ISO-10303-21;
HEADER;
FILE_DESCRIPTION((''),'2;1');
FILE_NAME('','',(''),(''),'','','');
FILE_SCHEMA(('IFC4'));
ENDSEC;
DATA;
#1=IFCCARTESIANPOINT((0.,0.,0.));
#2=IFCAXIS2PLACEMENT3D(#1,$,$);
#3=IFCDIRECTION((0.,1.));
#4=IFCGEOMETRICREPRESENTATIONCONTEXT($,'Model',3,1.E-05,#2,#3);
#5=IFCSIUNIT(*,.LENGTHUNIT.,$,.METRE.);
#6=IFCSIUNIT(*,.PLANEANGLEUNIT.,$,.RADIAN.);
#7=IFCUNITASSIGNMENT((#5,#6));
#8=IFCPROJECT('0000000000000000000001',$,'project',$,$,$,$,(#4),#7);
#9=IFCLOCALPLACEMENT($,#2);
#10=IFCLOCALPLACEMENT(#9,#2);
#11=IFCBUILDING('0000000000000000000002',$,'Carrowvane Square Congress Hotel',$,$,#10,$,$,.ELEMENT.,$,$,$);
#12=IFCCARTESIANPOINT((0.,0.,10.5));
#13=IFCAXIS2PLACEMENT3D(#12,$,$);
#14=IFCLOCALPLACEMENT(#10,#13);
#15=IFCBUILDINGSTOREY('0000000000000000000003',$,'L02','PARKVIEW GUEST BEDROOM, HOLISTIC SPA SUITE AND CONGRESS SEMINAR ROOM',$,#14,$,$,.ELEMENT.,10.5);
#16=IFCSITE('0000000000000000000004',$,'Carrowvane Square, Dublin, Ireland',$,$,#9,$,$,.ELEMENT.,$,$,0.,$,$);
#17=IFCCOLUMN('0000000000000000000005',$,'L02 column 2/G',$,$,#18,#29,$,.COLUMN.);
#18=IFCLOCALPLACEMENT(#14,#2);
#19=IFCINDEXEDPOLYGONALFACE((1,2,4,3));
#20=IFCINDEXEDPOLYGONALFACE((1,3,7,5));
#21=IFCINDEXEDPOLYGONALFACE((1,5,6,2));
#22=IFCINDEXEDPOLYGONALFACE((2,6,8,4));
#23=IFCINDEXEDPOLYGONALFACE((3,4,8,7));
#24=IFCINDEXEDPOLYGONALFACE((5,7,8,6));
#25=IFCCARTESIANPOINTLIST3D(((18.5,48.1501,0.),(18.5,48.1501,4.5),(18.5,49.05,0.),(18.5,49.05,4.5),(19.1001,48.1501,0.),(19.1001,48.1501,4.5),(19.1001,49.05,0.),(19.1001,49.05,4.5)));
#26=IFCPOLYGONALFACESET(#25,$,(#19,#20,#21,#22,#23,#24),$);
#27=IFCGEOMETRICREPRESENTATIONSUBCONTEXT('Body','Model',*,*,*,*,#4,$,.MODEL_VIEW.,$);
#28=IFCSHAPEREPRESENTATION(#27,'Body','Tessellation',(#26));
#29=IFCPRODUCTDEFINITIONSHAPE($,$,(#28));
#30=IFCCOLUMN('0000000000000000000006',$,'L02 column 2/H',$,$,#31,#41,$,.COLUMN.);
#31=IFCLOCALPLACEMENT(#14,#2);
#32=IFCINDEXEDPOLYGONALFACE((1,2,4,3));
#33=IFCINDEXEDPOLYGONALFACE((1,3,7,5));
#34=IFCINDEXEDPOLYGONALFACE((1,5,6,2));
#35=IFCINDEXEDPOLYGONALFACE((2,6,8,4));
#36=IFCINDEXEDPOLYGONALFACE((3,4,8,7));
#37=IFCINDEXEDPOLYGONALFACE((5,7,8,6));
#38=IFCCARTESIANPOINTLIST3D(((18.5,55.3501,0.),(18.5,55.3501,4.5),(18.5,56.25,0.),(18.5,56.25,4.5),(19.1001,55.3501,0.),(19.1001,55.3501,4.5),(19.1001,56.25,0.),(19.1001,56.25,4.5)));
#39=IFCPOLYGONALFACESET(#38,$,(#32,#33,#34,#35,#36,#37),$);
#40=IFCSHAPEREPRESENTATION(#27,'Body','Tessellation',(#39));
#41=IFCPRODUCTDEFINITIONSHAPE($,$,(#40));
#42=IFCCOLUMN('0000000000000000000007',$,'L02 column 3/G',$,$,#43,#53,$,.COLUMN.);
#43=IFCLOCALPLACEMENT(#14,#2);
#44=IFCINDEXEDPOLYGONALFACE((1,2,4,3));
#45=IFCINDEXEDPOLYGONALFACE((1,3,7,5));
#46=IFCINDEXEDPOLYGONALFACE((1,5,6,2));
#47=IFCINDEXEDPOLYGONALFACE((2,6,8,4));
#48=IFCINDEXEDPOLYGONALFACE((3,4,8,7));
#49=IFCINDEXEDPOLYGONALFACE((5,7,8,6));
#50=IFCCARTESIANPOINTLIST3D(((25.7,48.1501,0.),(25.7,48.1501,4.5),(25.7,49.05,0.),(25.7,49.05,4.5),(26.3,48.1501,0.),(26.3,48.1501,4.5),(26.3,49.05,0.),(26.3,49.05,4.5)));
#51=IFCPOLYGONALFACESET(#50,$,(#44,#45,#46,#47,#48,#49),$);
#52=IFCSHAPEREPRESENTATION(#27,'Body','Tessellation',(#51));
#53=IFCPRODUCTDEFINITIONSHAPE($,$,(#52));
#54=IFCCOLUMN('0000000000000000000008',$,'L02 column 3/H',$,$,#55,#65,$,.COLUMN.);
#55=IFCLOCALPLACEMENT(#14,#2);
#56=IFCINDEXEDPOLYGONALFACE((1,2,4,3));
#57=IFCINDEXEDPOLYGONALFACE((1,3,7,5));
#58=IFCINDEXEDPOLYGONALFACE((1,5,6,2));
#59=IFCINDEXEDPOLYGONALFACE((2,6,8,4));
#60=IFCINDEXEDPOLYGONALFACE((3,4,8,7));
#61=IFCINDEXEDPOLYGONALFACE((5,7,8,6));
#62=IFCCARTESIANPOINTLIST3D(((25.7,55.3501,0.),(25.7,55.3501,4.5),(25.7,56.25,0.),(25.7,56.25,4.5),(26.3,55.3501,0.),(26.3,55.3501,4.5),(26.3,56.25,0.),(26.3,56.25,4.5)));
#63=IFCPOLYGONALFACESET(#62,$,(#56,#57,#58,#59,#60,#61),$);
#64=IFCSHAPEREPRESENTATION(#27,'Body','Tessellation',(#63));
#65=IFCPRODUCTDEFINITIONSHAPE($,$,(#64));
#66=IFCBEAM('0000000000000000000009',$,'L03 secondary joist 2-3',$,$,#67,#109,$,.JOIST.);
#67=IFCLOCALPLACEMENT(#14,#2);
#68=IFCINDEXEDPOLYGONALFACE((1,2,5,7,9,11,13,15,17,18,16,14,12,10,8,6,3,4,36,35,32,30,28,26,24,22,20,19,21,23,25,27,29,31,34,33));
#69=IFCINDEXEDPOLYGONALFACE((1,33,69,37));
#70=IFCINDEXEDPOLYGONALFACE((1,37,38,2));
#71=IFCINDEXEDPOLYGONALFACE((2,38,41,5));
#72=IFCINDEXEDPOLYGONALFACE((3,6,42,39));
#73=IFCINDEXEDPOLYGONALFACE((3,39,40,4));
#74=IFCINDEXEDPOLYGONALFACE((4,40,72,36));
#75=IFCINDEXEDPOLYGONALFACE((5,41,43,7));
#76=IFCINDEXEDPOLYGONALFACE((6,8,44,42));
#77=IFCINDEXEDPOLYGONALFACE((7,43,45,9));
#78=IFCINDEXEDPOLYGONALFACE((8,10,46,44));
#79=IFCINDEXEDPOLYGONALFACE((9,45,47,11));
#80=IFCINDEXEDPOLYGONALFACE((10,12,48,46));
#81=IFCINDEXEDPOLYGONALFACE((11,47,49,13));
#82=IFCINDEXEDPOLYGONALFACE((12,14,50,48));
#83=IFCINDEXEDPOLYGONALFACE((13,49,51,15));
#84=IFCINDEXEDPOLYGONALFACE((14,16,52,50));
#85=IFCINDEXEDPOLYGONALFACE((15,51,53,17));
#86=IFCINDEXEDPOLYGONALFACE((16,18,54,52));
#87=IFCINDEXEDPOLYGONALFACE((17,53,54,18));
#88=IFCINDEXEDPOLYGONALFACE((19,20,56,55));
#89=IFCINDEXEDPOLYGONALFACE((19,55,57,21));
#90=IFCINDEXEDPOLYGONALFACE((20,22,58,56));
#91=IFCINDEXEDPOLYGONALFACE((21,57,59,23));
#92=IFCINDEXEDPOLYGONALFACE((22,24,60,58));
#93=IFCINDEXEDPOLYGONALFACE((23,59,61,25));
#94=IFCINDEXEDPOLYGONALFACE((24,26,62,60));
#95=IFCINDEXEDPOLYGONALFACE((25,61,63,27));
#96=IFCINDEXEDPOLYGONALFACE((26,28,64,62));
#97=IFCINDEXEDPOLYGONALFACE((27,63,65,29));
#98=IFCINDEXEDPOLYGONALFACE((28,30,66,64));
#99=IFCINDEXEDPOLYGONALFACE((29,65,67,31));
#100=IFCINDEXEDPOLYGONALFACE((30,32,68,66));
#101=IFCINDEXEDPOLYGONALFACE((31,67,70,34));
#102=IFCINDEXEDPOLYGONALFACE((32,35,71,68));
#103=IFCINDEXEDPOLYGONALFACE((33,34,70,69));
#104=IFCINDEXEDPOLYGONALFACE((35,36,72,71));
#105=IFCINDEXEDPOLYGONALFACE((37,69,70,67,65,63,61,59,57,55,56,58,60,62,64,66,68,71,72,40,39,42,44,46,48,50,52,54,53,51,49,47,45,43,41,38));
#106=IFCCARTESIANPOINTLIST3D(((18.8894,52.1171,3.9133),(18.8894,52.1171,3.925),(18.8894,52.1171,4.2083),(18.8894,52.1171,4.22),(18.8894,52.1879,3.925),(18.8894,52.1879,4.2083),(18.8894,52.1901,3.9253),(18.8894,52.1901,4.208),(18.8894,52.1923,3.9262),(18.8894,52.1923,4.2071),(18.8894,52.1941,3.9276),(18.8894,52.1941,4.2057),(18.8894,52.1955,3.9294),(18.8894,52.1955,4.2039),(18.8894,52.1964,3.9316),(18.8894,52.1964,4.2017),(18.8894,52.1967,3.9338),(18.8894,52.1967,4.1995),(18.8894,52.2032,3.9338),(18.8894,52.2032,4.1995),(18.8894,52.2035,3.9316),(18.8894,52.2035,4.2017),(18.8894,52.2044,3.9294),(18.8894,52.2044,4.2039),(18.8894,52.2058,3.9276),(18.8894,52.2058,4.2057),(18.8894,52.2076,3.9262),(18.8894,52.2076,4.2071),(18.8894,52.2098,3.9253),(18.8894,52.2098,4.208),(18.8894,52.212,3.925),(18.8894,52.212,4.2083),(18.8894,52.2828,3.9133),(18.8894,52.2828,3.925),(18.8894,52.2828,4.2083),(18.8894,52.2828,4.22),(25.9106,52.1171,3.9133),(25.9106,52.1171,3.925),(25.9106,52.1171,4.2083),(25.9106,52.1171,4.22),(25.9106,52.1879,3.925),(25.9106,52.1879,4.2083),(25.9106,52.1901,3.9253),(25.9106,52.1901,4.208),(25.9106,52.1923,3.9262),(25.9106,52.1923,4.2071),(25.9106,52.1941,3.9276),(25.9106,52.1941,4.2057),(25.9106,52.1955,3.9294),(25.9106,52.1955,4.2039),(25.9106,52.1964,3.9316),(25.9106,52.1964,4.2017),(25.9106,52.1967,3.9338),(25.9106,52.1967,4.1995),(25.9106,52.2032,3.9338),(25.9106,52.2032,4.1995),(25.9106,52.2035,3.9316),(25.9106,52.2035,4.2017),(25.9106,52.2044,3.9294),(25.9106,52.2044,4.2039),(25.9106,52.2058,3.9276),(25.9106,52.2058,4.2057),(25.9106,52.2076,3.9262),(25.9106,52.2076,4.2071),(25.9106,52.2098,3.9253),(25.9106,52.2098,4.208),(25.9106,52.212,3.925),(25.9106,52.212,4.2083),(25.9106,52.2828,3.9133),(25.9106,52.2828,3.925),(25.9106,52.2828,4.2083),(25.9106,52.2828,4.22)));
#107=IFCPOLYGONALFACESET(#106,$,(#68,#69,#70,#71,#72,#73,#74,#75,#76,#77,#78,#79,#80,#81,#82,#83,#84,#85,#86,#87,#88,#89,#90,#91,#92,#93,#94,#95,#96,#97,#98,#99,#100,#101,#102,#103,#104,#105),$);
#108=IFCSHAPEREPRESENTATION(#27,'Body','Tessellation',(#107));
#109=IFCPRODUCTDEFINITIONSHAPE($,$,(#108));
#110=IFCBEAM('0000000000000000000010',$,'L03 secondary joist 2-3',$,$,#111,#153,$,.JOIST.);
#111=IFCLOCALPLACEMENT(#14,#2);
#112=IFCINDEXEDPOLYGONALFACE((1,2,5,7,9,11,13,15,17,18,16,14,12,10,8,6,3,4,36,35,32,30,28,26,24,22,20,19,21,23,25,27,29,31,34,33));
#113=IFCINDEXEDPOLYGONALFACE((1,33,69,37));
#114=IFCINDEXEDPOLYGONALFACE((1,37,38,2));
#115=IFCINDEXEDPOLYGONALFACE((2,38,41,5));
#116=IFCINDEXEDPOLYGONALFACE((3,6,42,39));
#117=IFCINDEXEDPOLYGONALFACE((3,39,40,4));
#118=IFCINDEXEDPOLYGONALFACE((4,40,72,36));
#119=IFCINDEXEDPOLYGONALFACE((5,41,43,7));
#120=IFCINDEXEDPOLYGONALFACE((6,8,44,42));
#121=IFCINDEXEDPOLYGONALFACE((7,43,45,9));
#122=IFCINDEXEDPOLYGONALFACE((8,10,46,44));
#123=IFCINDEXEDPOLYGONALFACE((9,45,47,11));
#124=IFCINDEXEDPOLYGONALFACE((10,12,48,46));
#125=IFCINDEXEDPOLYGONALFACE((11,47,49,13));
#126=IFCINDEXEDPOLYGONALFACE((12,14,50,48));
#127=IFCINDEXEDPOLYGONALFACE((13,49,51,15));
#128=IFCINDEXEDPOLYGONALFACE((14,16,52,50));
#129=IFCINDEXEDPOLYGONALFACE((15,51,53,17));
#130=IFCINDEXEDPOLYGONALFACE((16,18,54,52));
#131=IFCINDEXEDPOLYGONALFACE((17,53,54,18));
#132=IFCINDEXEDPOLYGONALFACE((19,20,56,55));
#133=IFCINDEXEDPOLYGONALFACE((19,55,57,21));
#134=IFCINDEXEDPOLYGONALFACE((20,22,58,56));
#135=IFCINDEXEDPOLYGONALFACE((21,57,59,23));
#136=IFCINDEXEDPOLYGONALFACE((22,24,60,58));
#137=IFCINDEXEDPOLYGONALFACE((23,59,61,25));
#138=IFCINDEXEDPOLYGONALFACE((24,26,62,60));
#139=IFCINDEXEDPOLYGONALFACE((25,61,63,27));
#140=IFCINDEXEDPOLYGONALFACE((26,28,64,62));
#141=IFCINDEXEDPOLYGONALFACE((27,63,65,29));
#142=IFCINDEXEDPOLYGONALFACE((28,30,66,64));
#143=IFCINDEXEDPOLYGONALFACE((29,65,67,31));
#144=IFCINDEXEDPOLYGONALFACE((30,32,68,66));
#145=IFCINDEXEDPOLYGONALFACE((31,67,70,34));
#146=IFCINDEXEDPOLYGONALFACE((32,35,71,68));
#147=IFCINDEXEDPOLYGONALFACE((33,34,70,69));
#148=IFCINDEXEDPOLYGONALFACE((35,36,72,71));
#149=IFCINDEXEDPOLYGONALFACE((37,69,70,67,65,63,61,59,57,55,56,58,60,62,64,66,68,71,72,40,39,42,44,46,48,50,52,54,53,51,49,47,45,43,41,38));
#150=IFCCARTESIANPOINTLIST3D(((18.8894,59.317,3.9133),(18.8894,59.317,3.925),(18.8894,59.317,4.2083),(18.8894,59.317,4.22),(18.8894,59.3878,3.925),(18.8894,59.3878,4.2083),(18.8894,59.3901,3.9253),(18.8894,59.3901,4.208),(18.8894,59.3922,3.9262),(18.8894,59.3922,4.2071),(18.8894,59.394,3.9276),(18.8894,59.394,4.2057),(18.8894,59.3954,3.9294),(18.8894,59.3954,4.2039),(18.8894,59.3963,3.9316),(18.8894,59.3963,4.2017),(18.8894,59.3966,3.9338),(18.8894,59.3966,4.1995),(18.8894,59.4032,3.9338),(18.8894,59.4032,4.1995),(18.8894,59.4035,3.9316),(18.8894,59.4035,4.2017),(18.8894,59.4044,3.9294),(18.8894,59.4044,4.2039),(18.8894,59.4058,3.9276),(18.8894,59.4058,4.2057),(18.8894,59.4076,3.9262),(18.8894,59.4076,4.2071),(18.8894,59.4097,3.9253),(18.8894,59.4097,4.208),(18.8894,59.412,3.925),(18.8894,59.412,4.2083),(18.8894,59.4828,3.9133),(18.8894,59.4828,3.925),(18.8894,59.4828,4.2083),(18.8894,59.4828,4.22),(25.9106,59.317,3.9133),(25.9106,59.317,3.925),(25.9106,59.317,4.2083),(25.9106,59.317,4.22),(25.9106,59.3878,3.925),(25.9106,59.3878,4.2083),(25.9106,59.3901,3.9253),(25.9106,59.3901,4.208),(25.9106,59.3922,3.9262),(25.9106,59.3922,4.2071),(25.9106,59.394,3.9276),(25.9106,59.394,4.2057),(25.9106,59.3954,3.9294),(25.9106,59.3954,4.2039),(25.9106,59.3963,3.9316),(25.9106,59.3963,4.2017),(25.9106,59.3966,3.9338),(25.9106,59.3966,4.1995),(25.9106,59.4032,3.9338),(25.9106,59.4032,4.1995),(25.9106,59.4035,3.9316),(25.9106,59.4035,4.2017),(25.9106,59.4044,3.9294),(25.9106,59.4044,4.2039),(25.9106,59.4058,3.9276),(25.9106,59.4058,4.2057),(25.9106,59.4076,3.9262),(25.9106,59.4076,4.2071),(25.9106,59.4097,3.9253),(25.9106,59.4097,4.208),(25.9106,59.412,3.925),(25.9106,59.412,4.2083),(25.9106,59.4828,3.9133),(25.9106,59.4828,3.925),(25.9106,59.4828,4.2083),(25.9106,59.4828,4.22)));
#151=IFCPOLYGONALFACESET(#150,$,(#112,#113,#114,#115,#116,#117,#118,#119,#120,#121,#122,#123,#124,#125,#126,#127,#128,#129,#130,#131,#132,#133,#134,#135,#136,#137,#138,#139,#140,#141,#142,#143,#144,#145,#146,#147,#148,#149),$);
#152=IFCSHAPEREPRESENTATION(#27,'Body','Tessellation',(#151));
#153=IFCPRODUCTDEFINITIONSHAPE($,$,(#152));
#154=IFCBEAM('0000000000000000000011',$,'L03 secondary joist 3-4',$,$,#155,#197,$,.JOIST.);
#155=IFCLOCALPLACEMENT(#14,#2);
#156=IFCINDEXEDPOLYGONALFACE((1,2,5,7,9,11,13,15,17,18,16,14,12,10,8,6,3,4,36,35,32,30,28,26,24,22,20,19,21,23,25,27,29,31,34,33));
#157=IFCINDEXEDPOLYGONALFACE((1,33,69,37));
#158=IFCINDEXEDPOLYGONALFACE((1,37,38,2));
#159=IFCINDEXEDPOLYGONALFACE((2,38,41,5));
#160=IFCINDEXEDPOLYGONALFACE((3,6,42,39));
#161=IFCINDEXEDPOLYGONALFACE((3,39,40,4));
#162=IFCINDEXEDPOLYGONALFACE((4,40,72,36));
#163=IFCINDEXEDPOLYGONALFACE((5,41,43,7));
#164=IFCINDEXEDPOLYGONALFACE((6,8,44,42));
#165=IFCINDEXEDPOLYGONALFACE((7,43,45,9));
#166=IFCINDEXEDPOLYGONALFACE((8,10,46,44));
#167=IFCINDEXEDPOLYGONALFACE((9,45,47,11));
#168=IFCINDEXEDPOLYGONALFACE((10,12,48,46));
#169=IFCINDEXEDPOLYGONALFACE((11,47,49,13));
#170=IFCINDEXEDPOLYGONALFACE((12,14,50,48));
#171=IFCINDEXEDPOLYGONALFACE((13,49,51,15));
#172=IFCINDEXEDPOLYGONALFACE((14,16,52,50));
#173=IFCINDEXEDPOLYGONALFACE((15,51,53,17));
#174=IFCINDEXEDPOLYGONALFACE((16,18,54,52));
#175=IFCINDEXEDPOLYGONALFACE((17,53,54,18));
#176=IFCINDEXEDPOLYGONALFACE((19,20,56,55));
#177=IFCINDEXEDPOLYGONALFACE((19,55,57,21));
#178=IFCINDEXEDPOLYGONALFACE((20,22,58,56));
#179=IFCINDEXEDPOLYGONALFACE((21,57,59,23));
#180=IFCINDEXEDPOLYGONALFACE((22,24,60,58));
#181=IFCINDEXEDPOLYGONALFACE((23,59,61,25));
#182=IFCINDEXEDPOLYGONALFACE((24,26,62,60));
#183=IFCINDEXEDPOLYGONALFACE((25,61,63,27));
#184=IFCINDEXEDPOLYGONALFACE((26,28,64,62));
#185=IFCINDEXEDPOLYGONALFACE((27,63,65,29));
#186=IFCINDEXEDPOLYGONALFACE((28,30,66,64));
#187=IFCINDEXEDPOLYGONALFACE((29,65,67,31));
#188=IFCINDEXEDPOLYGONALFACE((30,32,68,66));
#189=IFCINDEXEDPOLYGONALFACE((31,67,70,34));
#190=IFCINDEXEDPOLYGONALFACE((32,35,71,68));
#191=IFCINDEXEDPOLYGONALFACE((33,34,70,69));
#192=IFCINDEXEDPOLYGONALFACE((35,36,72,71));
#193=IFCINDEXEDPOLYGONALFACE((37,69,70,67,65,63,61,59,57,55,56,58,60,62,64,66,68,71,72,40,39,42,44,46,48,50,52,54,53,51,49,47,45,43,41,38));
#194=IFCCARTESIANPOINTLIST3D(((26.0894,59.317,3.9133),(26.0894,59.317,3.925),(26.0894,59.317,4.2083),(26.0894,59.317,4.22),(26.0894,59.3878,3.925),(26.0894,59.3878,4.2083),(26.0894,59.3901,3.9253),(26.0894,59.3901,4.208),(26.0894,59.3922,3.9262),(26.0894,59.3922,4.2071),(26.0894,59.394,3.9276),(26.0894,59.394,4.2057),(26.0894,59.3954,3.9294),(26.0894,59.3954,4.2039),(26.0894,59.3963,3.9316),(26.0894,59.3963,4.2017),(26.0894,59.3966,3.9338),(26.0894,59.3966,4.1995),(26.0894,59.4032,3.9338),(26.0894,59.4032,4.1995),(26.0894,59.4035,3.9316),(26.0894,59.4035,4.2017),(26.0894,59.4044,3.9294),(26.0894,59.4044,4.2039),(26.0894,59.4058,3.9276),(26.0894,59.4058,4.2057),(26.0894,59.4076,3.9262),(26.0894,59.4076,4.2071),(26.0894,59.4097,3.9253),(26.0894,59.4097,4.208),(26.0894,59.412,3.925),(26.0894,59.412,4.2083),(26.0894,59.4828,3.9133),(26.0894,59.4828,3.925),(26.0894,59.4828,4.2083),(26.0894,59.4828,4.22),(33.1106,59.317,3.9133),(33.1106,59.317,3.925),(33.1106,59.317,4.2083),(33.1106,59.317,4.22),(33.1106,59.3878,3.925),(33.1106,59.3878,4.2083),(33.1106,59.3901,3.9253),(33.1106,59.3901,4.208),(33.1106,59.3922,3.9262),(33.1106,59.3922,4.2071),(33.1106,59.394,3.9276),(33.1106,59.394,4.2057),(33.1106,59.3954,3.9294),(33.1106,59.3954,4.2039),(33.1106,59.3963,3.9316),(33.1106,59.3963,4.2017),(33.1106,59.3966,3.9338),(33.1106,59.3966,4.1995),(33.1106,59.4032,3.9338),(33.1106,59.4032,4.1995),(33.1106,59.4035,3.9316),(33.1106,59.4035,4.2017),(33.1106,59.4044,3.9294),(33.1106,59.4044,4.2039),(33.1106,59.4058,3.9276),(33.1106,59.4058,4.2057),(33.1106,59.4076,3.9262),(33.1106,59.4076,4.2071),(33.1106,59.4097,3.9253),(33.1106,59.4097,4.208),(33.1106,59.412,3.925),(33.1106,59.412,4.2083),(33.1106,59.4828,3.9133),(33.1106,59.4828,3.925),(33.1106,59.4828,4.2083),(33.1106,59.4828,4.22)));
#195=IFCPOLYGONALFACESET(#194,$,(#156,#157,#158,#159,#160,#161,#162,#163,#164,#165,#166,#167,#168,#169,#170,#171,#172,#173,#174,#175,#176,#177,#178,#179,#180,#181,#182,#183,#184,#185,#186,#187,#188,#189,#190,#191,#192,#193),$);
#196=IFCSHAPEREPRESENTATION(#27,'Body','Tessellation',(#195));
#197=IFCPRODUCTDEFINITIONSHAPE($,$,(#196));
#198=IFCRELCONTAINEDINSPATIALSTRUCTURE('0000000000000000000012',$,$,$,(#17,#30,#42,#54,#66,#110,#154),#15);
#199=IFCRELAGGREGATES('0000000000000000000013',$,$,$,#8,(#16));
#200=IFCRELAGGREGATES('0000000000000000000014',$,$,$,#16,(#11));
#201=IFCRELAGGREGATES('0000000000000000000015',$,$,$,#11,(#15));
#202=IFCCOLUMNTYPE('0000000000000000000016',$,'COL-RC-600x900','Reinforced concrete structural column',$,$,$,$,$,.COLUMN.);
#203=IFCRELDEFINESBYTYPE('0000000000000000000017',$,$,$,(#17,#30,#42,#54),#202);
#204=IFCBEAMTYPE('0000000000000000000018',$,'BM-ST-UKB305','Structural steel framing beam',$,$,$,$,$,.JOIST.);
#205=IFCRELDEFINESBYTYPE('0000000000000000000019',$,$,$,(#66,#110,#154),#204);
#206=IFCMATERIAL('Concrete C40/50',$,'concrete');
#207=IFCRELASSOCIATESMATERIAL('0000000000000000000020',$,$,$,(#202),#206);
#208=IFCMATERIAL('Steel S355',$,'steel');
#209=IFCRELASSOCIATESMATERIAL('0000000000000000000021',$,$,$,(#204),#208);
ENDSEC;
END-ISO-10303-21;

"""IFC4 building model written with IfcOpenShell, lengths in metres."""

from ifc_helpers import new_model, si_unit, direction, frame, origin, origin_2d, place, context, subcontext, project, spatial, rectangle, i_section, extrude, material, material_profile, profile_set, type_object, element, save


model = new_model("IFC4")

# Units and contexts
model_context = context("Model", 3, precision=1e-05, world=origin(), true_north=direction((0.0, 1.0)))
body_context = subcontext(model_context, "Body", "Model", "MODEL_VIEW")
ifc_project = project(units=[si_unit("LENGTHUNIT", "METRE"), si_unit("PLANEANGLEUNIT", "RADIAN")], contexts=[model_context])

# Site, building, storey
site_placement = place(None, origin())
site = spatial("IfcSite", under=ifc_project, at=site_placement, Name="Carrowvane Square, Dublin, Ireland", CompositionType="ELEMENT", RefElevation=0.0)
building_placement = place(site_placement, origin())
building = spatial("IfcBuilding", under=site, at=building_placement, Name="Carrowvane Square Congress Hotel", CompositionType="ELEMENT")
storey_placement = place(building_placement, frame((0.0, 0.0, 10.5)))
storey = spatial("IfcBuildingStorey", under=building, at=storey_placement, Name="L02", Description="PARKVIEW GUEST BEDROOM, HOLISTIC SPA SUITE AND CONGRESS SEMINAR ROOM", CompositionType="ELEMENT", Elevation=10.5)

# Columns
ifc_material_1 = material(Name="Concrete C40/50", Category="concrete")
ifc_material_profile_1 = material_profile(ifc_material_1, rectangle(XDim=0.6001, YDim=0.8999, at=origin_2d()), Name="RC 600x900")
ifc_profile_set_1 = profile_set([ifc_material_profile_1], Name="Concrete C40/50")
column_type = type_object("IfcColumnType", Name="COL-RC-600x900", Description="Reinforced concrete structural column", PredefinedType="COLUMN", material=ifc_profile_set_1)
for number, where, z_axis, x_axis, name in (
    (1, (18.8, 48.6001, 0.0), (0.0, 0.0, 1.0), (1.0, 0.0, 0.0), "L02 column 2/G"),
    (2, (18.8, 55.8, 0.0), (0.0, 0.0, 1.0), (1.0, 0.0, 0.0), "L02 column 2/H"),
    (3, (26.0, 48.6001, 0.0), (0.0, 0.0, 1.0), (1.0, 0.0, 0.0), "L02 column 3/G"),
    (4, (26.0, 55.8, 0.0), (0.0, 0.0, 1.0), (1.0, 0.0, 0.0), "L02 column 3/H"),
):
    element("IfcColumn", number, at=place(storey_placement, frame(where, z_axis=z_axis, x_axis=x_axis)), inside=storey, type_object=column_type, Name=name, PredefinedType="COLUMN", context=body_context, shape_type="SweptSolid", body=[
        extrude(rectangle(XDim=0.6001, YDim=0.8999, at=origin_2d()), origin(), (0.0, 0.0, 1.0), 4.5),
    ])

# Beams
ifc_material_2 = material(Name="Steel S355", Category="steel")
ifc_material_profile_2 = material_profile(ifc_material_2, i_section(OverallWidth=0.1658, OverallDepth=0.3066, WebThickness=0.0066, FlangeThickness=0.0117, FilletRadius=0.0088, at=origin_2d()), Name="UKB 305x165x46")
ifc_profile_set_2 = profile_set([ifc_material_profile_2], Name="Steel S355")
beam_type_1 = type_object("IfcBeamType", Name="BM-ST-UKB305", Description="Structural steel framing beam", PredefinedType="JOIST", material=ifc_profile_set_2)
for number, where, z_axis, x_axis, name in (
    (5, (18.8894, 52.2, 4.0667), (1.0, 0.0, 0.0), (0.0, 1.0, 0.0), "L03 secondary joist 2-3"),
    (6, (18.8894, 59.3999, 4.0667), (1.0, 0.0, 0.0), (0.0, 1.0, 0.0), "L03 secondary joist 2-3"),
    (7, (26.0894, 59.3999, 4.0667), (1.0, 0.0, 0.0), (0.0, 1.0, 0.0), "L03 secondary joist 3-4"),
):
    element("IfcBeam", number, at=place(storey_placement, frame(where, z_axis=z_axis, x_axis=x_axis)), inside=storey, type_object=beam_type_1, Name=name, PredefinedType="JOIST", context=body_context, shape_type="SweptSolid", body=[
        extrude(i_section(OverallWidth=0.1658, OverallDepth=0.3066, WebThickness=0.0066, FlangeThickness=0.0117, FilletRadius=0.0088, at=origin_2d()), origin(), (0.0, 0.0, 1.0), 7.0212),
    ])

save(model, "model.ifc")
